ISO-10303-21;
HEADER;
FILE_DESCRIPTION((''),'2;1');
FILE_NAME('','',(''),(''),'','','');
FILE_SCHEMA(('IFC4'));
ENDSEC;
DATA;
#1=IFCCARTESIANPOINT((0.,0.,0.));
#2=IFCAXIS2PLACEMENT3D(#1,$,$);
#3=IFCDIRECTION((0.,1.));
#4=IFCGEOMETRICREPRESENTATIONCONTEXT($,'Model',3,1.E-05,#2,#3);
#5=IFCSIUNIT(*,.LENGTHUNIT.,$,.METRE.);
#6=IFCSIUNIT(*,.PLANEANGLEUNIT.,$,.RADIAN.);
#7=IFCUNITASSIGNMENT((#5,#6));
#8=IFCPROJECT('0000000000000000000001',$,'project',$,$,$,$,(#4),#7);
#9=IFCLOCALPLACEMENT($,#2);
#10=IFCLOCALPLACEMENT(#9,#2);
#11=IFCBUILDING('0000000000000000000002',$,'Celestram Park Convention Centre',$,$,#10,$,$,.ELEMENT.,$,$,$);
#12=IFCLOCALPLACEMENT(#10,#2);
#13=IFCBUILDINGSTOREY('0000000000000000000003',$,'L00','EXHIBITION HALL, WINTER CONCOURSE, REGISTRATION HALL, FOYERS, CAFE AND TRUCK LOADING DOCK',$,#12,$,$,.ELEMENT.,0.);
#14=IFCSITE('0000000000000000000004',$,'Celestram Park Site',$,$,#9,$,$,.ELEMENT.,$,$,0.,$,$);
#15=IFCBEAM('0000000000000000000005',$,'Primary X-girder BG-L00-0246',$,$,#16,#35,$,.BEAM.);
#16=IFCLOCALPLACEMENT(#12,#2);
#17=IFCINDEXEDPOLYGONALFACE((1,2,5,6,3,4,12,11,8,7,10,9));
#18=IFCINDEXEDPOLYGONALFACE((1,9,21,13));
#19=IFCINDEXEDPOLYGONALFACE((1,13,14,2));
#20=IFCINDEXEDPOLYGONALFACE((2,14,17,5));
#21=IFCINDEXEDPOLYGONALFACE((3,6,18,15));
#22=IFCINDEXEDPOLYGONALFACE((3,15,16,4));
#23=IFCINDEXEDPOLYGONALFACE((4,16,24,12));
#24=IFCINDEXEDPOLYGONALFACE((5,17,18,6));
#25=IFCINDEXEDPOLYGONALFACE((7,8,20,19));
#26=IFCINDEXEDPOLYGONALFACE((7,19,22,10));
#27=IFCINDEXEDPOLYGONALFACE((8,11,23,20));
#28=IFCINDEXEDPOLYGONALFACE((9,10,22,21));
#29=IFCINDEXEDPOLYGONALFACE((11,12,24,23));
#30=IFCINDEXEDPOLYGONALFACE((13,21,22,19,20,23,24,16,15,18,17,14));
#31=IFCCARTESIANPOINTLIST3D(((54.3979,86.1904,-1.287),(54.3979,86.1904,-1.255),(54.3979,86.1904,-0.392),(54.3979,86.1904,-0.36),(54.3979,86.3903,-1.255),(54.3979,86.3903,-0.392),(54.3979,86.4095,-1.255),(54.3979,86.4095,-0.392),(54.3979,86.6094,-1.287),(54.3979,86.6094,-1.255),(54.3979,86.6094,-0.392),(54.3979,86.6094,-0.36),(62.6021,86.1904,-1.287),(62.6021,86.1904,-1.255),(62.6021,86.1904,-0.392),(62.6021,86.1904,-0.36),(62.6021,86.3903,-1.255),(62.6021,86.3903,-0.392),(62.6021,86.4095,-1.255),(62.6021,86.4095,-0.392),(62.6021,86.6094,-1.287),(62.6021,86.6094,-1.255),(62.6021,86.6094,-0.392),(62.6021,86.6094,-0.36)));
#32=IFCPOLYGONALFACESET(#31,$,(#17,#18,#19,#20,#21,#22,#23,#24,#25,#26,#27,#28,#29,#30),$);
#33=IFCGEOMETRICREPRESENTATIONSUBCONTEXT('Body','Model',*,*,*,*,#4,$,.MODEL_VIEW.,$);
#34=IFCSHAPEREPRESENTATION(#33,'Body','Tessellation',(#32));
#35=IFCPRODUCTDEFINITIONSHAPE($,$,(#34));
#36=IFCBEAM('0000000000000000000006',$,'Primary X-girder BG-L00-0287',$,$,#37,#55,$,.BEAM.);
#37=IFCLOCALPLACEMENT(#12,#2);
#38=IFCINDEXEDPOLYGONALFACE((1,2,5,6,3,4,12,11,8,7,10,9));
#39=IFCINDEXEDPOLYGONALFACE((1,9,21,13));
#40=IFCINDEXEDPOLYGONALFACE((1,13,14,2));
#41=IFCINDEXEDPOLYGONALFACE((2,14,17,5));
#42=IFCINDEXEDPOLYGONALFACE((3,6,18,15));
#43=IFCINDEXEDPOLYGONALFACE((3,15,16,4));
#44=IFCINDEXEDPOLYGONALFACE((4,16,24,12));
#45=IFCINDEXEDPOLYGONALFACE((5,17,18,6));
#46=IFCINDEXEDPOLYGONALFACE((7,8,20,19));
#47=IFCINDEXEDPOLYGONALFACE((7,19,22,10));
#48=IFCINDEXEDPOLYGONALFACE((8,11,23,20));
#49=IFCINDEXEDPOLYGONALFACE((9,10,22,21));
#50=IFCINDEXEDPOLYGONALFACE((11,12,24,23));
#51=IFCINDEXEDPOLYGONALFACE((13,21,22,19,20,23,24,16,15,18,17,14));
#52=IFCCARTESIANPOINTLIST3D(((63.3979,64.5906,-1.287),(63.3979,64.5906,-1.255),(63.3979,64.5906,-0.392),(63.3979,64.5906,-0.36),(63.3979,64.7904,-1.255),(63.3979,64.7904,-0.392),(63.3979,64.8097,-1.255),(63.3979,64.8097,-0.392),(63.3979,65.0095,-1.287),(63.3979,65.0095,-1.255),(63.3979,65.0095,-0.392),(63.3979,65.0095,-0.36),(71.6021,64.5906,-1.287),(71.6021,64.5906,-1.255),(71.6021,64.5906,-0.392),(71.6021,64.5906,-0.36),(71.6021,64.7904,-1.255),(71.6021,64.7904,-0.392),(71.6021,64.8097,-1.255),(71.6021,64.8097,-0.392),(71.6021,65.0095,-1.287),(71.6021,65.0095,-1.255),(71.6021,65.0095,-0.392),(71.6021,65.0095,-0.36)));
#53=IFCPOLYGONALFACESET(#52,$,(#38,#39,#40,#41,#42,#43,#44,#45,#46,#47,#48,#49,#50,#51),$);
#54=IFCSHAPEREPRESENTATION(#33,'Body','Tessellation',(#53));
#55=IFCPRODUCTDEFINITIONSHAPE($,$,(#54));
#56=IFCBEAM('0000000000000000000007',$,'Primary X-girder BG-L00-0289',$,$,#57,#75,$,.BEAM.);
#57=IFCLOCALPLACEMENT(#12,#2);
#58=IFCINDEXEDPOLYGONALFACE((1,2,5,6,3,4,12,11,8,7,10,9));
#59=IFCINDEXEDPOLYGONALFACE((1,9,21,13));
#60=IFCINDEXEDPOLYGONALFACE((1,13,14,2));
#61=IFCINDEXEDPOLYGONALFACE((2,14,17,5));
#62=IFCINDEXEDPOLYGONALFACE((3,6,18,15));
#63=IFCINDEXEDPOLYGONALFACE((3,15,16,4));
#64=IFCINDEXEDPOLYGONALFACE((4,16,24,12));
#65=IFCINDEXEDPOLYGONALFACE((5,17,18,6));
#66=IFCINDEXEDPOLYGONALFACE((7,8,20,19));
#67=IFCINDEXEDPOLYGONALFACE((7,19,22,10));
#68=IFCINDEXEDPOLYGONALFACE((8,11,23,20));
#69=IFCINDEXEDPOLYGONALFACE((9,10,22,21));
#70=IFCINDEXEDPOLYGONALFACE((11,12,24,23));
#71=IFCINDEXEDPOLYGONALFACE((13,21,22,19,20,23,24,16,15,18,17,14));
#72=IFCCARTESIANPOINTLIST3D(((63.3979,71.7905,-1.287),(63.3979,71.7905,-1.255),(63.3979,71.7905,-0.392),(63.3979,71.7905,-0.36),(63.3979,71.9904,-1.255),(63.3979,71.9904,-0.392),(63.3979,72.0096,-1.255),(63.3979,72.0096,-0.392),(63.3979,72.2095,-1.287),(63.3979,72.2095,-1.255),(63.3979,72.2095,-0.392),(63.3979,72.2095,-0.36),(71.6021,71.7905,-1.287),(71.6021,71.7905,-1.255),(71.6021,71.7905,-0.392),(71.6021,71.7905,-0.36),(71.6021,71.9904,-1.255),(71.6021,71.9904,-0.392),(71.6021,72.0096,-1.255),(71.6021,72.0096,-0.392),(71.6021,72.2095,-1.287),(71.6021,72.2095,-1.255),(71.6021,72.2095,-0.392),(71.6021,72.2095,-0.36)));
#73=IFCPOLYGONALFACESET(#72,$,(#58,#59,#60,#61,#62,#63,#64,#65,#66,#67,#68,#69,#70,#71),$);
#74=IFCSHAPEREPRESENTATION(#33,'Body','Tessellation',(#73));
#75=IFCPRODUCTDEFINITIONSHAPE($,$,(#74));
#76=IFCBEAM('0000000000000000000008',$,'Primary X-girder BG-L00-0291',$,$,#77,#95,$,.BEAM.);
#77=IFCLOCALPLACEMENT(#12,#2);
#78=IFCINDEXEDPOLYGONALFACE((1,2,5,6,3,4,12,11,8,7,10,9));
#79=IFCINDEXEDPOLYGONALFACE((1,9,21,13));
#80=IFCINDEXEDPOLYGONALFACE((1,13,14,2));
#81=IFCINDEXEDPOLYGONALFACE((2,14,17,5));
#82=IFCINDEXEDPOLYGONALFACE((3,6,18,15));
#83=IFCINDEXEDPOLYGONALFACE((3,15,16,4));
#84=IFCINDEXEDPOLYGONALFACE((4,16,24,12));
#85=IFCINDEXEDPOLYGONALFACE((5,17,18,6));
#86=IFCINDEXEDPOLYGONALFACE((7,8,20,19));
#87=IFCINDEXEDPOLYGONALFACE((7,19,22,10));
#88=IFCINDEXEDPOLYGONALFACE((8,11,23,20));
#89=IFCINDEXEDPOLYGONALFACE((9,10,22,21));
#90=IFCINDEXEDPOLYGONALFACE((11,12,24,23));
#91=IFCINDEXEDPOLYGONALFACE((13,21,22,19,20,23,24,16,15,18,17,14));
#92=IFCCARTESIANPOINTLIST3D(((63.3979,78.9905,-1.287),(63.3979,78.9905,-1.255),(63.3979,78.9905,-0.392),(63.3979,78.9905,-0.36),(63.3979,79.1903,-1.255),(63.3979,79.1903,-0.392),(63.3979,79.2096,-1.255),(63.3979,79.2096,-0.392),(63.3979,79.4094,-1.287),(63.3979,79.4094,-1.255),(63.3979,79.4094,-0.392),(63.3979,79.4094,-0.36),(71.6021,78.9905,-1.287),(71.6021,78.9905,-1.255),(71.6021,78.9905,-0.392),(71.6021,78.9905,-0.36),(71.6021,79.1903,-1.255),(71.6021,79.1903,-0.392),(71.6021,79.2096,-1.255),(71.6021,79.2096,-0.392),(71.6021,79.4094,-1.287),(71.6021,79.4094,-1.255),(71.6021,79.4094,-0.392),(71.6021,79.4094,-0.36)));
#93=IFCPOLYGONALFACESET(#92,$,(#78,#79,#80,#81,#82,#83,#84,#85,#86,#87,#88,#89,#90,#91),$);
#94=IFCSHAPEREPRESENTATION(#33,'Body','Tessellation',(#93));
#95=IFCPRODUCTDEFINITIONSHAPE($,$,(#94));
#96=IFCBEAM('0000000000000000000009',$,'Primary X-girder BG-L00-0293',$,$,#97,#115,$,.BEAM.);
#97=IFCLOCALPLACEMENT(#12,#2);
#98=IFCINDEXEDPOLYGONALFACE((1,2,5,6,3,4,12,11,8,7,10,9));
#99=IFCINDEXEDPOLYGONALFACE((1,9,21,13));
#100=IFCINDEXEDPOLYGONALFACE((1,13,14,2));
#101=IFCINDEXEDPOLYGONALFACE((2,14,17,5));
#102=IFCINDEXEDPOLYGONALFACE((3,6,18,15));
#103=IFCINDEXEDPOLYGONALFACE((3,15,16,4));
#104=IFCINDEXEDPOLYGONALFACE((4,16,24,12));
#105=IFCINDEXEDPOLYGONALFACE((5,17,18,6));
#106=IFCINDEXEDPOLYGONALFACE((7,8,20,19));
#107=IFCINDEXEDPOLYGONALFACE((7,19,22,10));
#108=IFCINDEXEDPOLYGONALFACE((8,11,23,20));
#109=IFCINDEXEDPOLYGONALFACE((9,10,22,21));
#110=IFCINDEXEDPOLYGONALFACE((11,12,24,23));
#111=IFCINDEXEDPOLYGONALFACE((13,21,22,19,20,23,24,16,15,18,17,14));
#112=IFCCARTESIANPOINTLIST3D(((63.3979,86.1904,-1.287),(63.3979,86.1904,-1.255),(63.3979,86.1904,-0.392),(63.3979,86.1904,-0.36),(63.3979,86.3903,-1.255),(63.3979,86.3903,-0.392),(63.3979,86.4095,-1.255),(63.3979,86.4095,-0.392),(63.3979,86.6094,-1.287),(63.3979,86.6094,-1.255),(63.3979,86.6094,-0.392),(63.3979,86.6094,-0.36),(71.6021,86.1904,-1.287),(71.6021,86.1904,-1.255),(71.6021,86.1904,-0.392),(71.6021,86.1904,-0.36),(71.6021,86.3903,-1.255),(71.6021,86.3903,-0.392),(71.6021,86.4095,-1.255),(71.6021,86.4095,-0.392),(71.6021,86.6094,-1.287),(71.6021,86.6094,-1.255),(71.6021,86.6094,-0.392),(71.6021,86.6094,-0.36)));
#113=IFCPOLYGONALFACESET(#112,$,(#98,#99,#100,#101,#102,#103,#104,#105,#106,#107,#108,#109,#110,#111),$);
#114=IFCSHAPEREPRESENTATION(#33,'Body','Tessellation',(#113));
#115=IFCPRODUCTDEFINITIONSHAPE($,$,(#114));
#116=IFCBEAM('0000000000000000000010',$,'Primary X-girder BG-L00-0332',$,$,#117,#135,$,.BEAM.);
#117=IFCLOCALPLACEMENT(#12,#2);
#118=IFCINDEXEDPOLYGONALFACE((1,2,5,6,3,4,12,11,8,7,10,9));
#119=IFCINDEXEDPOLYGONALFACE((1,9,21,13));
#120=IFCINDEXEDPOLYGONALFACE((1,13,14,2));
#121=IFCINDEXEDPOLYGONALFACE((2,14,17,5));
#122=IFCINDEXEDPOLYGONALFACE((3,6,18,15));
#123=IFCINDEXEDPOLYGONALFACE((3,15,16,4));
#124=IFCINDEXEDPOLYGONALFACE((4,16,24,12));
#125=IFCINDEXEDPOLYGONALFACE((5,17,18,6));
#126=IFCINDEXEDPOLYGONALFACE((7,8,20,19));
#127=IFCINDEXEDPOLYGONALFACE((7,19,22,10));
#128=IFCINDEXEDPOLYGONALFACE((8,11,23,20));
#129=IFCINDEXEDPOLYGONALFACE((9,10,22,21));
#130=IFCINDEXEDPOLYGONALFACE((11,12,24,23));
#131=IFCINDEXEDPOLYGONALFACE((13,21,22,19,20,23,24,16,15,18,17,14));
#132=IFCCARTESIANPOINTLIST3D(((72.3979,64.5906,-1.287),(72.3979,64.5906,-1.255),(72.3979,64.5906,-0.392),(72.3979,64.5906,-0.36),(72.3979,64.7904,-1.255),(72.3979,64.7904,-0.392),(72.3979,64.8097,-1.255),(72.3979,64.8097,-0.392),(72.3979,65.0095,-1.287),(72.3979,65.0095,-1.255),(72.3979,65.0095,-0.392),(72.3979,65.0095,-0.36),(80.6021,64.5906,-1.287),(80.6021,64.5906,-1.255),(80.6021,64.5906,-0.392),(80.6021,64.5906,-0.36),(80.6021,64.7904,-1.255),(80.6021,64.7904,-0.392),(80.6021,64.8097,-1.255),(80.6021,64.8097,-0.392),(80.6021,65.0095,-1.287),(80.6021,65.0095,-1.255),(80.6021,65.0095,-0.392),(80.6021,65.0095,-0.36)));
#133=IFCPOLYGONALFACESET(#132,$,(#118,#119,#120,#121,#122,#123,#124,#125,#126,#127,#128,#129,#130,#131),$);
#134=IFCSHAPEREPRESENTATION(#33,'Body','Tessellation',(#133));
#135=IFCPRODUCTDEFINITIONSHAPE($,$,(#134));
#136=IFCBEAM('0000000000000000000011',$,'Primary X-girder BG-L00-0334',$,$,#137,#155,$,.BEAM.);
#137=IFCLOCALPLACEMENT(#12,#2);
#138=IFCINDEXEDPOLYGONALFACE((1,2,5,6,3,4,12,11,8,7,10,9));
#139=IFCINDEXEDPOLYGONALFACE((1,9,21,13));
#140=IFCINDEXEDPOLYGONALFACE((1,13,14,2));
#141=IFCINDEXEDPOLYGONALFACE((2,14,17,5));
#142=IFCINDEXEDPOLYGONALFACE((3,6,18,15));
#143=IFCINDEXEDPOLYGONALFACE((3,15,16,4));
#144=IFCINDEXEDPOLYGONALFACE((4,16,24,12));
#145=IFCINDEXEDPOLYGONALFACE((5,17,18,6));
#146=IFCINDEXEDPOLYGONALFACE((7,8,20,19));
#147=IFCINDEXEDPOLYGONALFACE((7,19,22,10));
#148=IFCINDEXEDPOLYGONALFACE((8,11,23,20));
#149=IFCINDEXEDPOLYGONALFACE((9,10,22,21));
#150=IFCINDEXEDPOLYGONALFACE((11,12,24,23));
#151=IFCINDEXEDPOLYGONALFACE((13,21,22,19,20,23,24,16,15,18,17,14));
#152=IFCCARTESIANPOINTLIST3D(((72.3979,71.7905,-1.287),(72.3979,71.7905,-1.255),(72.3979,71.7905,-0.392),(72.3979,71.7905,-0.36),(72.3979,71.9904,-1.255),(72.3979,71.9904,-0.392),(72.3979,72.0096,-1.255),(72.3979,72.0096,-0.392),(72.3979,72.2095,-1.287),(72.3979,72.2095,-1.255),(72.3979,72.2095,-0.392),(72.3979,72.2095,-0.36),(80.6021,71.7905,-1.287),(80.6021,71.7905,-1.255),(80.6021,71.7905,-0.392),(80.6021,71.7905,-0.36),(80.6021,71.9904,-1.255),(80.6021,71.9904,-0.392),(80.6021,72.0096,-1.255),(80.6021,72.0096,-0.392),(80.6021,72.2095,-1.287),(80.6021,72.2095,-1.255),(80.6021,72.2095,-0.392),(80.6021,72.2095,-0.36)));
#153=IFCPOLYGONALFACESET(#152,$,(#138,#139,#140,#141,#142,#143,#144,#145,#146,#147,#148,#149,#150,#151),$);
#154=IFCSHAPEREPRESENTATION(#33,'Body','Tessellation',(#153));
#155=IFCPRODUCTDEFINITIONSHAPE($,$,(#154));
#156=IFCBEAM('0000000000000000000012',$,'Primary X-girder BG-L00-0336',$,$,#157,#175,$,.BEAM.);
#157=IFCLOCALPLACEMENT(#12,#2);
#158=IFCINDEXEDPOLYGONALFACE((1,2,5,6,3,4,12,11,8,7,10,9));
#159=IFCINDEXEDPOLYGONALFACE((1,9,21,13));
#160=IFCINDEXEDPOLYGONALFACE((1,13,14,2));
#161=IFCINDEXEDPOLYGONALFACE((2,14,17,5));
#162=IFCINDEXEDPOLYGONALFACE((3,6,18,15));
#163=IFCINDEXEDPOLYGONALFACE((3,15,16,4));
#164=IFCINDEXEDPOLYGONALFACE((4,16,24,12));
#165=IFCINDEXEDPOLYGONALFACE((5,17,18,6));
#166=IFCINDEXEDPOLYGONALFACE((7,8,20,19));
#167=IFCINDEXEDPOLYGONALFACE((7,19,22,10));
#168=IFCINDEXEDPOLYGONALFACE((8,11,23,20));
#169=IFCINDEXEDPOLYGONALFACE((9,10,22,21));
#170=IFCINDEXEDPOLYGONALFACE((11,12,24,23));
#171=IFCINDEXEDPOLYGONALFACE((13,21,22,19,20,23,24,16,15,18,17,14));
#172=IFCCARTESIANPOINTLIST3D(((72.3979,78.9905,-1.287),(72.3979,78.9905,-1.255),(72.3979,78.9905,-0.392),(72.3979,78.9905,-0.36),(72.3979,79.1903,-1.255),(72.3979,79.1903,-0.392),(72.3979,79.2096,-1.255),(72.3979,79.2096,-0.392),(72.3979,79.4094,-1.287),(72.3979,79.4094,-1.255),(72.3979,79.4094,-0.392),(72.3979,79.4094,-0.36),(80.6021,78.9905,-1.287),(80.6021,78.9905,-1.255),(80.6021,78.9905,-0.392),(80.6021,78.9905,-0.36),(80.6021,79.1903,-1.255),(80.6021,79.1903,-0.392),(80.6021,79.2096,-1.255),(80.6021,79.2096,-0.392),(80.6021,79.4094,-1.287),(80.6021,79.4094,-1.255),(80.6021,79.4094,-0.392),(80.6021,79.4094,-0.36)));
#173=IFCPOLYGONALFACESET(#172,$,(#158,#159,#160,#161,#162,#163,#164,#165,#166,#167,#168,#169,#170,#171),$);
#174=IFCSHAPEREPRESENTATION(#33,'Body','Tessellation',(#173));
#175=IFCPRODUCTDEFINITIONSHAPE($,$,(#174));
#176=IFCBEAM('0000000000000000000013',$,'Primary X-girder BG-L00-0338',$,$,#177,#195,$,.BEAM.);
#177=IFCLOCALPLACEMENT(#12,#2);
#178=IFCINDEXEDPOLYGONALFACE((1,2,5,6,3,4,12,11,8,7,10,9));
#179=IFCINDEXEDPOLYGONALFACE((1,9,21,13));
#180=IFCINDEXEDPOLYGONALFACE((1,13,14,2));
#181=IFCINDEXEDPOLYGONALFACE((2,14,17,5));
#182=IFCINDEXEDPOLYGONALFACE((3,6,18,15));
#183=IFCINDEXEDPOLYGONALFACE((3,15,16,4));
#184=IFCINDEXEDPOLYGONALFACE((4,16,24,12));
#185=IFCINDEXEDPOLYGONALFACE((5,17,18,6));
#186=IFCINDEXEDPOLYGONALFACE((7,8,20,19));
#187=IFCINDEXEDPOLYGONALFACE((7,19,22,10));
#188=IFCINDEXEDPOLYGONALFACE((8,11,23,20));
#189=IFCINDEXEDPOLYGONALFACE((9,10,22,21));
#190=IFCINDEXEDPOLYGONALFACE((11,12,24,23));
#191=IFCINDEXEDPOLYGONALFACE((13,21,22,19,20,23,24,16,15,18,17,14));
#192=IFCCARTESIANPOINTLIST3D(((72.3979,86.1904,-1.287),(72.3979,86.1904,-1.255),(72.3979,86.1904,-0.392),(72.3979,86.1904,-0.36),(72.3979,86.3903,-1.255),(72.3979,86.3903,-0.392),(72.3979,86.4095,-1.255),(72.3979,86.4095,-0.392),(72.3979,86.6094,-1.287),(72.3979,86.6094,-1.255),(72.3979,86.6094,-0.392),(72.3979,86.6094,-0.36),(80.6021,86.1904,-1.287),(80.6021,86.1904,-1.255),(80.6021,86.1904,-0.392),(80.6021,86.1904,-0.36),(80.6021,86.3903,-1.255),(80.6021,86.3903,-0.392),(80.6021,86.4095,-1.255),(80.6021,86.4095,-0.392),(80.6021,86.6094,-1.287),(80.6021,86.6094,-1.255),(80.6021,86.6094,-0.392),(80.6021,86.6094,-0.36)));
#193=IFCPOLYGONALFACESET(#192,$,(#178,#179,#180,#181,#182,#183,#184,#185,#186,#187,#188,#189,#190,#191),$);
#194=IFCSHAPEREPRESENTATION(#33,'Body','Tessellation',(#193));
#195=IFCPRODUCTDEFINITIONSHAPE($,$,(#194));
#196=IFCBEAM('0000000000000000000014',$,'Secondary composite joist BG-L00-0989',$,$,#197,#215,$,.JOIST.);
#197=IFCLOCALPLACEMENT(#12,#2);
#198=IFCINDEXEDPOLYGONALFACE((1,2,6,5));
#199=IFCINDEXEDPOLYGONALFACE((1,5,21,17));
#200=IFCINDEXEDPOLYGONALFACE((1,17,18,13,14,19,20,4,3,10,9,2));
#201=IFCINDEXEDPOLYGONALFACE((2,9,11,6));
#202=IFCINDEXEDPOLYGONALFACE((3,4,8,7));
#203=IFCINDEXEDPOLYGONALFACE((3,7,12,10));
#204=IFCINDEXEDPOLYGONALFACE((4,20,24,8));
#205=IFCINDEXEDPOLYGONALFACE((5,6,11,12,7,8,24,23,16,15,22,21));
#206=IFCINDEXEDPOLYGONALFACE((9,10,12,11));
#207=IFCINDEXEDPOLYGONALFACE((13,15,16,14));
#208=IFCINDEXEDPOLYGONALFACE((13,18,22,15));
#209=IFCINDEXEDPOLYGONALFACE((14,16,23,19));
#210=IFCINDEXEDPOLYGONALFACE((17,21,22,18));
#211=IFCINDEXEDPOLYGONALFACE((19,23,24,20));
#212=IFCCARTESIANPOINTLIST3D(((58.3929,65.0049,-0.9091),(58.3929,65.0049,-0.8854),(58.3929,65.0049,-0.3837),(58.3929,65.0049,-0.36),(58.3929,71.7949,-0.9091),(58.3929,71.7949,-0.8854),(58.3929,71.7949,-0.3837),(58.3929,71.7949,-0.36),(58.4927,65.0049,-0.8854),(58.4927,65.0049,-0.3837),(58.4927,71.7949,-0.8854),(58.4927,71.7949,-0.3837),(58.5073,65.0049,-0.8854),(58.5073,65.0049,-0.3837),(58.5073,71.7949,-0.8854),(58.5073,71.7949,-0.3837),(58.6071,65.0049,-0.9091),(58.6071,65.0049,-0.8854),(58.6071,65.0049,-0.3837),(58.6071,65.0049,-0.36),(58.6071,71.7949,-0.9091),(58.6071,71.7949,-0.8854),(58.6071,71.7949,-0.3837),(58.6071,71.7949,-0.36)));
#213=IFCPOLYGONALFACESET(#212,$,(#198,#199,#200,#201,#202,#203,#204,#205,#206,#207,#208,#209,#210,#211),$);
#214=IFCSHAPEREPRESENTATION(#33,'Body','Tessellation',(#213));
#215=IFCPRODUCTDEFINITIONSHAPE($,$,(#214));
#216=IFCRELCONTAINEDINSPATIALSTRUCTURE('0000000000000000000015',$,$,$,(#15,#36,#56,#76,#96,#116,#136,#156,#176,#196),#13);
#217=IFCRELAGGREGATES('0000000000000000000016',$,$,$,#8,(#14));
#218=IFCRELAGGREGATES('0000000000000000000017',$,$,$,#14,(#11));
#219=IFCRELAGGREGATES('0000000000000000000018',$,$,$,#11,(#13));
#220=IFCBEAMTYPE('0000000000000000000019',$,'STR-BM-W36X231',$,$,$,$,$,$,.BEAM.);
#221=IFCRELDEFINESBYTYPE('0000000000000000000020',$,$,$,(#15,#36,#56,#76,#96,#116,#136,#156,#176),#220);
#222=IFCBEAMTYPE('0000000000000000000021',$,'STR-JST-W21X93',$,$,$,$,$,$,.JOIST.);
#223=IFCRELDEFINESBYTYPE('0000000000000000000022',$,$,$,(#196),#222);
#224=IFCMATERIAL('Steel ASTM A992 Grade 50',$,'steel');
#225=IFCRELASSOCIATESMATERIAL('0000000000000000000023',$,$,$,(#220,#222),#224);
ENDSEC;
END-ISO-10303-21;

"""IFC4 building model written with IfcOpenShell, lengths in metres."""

from ifc_helpers import new_model, si_unit, direction, frame, origin, origin_2d, place, context, subcontext, project, spatial, i_section, extrude, material, material_profile, profile_set, type_object, element, save


model = new_model("IFC4")

# Units and contexts
model_context = context("Model", 3, precision=1e-05, world=origin(), true_north=direction((0.0, 1.0)))
body_context = subcontext(model_context, "Body", "Model", "MODEL_VIEW")
ifc_project = project(units=[si_unit("LENGTHUNIT", "METRE"), si_unit("PLANEANGLEUNIT", "RADIAN")], contexts=[model_context])

# Site, building, storey
site_placement = place(None, origin())
site = spatial("IfcSite", under=ifc_project, at=site_placement, Name="Celestram Park Site", CompositionType="ELEMENT", RefElevation=0.0)
building_placement = place(site_placement, origin())
building = spatial("IfcBuilding", under=site, at=building_placement, Name="Celestram Park Convention Centre", CompositionType="ELEMENT")
storey_placement = place(building_placement, origin())
storey = spatial("IfcBuildingStorey", under=building, at=storey_placement, Name="L00", Description="EXHIBITION HALL, WINTER CONCOURSE, REGISTRATION HALL, FOYERS, CAFE AND TRUCK LOADING DOCK", CompositionType="ELEMENT", Elevation=0.0)

# Beams
ifc_material = material(Name="Steel ASTM A992 Grade 50", Category="steel")
ifc_material_profile_1 = material_profile(ifc_material, i_section(OverallWidth=0.4189, OverallDepth=0.927, WebThickness=0.0193, FlangeThickness=0.032, at=origin_2d()), Name="W36X231")
ifc_profile_set_1 = profile_set([ifc_material_profile_1], Name="Steel ASTM A992 Grade 50")
beam_type_1 = type_object("IfcBeamType", Name="STR-BM-W36X231", PredefinedType="BEAM", material=ifc_profile_set_1)
for number, where, z_axis, x_axis, name in (
    (1, (54.3979, 86.3999, -0.8235), (1.0, 0.0, 0.0), (0.0, 1.0, 0.0), "Primary X-girder BG-L00-0246"),
    (2, (63.3979, 64.8, -0.8235), (1.0, 0.0, 0.0), (0.0, 1.0, 0.0), "Primary X-girder BG-L00-0287"),
    (3, (63.3979, 72.0, -0.8235), (1.0, 0.0, 0.0), (0.0, 1.0, 0.0), "Primary X-girder BG-L00-0289"),
    (4, (63.3979, 79.2, -0.8235), (1.0, 0.0, 0.0), (0.0, 1.0, 0.0), "Primary X-girder BG-L00-0291"),
    (5, (63.3979, 86.3999, -0.8235), (1.0, 0.0, 0.0), (0.0, 1.0, 0.0), "Primary X-girder BG-L00-0293"),
    (6, (72.3979, 64.8, -0.8235), (1.0, 0.0, 0.0), (0.0, 1.0, 0.0), "Primary X-girder BG-L00-0332"),
    (7, (72.3979, 72.0, -0.8235), (1.0, 0.0, 0.0), (0.0, 1.0, 0.0), "Primary X-girder BG-L00-0334"),
    (8, (72.3979, 79.2, -0.8235), (1.0, 0.0, 0.0), (0.0, 1.0, 0.0), "Primary X-girder BG-L00-0336"),
    (9, (72.3979, 86.3999, -0.8235), (1.0, 0.0, 0.0), (0.0, 1.0, 0.0), "Primary X-girder BG-L00-0338"),
):
    element("IfcBeam", number, at=place(storey_placement, frame(where, z_axis=z_axis, x_axis=x_axis)), inside=storey, type_object=beam_type_1, Name=name, PredefinedType="BEAM", context=body_context, shape_type="SweptSolid", body=[
        extrude(i_section(OverallWidth=0.4189, OverallDepth=0.927, WebThickness=0.0193, FlangeThickness=0.032, at=origin_2d()), origin(), (0.0, 0.0, 1.0), 8.2041),
    ])
ifc_material_profile_2 = material_profile(ifc_material, i_section(OverallWidth=0.2141, OverallDepth=0.5491, WebThickness=0.0146, FlangeThickness=0.0237, at=origin_2d()), Name="W21X93")
ifc_profile_set_2 = profile_set([ifc_material_profile_2], Name="Steel ASTM A992 Grade 50")
beam_type_2 = type_object("IfcBeamType", Name="STR-JST-W21X93", PredefinedType="JOIST", material=ifc_profile_set_2)
for number, where, z_axis, x_axis, name in (
    (10, (58.5, 65.0049, -0.6345), (0.0, 1.0, 0.0), (-1.0, 0.0, 0.0), "Secondary composite joist BG-L00-0989"),
):
    element("IfcBeam", number, at=place(storey_placement, frame(where, z_axis=z_axis, x_axis=x_axis)), inside=storey, type_object=beam_type_2, Name=name, PredefinedType="JOIST", context=body_context, shape_type="SweptSolid", body=[
        extrude(i_section(OverallWidth=0.2141, OverallDepth=0.5491, WebThickness=0.0146, FlangeThickness=0.0237, at=origin_2d()), origin(), (0.0, 0.0, 1.0), 6.79),
    ])

save(model, "model.ifc")
